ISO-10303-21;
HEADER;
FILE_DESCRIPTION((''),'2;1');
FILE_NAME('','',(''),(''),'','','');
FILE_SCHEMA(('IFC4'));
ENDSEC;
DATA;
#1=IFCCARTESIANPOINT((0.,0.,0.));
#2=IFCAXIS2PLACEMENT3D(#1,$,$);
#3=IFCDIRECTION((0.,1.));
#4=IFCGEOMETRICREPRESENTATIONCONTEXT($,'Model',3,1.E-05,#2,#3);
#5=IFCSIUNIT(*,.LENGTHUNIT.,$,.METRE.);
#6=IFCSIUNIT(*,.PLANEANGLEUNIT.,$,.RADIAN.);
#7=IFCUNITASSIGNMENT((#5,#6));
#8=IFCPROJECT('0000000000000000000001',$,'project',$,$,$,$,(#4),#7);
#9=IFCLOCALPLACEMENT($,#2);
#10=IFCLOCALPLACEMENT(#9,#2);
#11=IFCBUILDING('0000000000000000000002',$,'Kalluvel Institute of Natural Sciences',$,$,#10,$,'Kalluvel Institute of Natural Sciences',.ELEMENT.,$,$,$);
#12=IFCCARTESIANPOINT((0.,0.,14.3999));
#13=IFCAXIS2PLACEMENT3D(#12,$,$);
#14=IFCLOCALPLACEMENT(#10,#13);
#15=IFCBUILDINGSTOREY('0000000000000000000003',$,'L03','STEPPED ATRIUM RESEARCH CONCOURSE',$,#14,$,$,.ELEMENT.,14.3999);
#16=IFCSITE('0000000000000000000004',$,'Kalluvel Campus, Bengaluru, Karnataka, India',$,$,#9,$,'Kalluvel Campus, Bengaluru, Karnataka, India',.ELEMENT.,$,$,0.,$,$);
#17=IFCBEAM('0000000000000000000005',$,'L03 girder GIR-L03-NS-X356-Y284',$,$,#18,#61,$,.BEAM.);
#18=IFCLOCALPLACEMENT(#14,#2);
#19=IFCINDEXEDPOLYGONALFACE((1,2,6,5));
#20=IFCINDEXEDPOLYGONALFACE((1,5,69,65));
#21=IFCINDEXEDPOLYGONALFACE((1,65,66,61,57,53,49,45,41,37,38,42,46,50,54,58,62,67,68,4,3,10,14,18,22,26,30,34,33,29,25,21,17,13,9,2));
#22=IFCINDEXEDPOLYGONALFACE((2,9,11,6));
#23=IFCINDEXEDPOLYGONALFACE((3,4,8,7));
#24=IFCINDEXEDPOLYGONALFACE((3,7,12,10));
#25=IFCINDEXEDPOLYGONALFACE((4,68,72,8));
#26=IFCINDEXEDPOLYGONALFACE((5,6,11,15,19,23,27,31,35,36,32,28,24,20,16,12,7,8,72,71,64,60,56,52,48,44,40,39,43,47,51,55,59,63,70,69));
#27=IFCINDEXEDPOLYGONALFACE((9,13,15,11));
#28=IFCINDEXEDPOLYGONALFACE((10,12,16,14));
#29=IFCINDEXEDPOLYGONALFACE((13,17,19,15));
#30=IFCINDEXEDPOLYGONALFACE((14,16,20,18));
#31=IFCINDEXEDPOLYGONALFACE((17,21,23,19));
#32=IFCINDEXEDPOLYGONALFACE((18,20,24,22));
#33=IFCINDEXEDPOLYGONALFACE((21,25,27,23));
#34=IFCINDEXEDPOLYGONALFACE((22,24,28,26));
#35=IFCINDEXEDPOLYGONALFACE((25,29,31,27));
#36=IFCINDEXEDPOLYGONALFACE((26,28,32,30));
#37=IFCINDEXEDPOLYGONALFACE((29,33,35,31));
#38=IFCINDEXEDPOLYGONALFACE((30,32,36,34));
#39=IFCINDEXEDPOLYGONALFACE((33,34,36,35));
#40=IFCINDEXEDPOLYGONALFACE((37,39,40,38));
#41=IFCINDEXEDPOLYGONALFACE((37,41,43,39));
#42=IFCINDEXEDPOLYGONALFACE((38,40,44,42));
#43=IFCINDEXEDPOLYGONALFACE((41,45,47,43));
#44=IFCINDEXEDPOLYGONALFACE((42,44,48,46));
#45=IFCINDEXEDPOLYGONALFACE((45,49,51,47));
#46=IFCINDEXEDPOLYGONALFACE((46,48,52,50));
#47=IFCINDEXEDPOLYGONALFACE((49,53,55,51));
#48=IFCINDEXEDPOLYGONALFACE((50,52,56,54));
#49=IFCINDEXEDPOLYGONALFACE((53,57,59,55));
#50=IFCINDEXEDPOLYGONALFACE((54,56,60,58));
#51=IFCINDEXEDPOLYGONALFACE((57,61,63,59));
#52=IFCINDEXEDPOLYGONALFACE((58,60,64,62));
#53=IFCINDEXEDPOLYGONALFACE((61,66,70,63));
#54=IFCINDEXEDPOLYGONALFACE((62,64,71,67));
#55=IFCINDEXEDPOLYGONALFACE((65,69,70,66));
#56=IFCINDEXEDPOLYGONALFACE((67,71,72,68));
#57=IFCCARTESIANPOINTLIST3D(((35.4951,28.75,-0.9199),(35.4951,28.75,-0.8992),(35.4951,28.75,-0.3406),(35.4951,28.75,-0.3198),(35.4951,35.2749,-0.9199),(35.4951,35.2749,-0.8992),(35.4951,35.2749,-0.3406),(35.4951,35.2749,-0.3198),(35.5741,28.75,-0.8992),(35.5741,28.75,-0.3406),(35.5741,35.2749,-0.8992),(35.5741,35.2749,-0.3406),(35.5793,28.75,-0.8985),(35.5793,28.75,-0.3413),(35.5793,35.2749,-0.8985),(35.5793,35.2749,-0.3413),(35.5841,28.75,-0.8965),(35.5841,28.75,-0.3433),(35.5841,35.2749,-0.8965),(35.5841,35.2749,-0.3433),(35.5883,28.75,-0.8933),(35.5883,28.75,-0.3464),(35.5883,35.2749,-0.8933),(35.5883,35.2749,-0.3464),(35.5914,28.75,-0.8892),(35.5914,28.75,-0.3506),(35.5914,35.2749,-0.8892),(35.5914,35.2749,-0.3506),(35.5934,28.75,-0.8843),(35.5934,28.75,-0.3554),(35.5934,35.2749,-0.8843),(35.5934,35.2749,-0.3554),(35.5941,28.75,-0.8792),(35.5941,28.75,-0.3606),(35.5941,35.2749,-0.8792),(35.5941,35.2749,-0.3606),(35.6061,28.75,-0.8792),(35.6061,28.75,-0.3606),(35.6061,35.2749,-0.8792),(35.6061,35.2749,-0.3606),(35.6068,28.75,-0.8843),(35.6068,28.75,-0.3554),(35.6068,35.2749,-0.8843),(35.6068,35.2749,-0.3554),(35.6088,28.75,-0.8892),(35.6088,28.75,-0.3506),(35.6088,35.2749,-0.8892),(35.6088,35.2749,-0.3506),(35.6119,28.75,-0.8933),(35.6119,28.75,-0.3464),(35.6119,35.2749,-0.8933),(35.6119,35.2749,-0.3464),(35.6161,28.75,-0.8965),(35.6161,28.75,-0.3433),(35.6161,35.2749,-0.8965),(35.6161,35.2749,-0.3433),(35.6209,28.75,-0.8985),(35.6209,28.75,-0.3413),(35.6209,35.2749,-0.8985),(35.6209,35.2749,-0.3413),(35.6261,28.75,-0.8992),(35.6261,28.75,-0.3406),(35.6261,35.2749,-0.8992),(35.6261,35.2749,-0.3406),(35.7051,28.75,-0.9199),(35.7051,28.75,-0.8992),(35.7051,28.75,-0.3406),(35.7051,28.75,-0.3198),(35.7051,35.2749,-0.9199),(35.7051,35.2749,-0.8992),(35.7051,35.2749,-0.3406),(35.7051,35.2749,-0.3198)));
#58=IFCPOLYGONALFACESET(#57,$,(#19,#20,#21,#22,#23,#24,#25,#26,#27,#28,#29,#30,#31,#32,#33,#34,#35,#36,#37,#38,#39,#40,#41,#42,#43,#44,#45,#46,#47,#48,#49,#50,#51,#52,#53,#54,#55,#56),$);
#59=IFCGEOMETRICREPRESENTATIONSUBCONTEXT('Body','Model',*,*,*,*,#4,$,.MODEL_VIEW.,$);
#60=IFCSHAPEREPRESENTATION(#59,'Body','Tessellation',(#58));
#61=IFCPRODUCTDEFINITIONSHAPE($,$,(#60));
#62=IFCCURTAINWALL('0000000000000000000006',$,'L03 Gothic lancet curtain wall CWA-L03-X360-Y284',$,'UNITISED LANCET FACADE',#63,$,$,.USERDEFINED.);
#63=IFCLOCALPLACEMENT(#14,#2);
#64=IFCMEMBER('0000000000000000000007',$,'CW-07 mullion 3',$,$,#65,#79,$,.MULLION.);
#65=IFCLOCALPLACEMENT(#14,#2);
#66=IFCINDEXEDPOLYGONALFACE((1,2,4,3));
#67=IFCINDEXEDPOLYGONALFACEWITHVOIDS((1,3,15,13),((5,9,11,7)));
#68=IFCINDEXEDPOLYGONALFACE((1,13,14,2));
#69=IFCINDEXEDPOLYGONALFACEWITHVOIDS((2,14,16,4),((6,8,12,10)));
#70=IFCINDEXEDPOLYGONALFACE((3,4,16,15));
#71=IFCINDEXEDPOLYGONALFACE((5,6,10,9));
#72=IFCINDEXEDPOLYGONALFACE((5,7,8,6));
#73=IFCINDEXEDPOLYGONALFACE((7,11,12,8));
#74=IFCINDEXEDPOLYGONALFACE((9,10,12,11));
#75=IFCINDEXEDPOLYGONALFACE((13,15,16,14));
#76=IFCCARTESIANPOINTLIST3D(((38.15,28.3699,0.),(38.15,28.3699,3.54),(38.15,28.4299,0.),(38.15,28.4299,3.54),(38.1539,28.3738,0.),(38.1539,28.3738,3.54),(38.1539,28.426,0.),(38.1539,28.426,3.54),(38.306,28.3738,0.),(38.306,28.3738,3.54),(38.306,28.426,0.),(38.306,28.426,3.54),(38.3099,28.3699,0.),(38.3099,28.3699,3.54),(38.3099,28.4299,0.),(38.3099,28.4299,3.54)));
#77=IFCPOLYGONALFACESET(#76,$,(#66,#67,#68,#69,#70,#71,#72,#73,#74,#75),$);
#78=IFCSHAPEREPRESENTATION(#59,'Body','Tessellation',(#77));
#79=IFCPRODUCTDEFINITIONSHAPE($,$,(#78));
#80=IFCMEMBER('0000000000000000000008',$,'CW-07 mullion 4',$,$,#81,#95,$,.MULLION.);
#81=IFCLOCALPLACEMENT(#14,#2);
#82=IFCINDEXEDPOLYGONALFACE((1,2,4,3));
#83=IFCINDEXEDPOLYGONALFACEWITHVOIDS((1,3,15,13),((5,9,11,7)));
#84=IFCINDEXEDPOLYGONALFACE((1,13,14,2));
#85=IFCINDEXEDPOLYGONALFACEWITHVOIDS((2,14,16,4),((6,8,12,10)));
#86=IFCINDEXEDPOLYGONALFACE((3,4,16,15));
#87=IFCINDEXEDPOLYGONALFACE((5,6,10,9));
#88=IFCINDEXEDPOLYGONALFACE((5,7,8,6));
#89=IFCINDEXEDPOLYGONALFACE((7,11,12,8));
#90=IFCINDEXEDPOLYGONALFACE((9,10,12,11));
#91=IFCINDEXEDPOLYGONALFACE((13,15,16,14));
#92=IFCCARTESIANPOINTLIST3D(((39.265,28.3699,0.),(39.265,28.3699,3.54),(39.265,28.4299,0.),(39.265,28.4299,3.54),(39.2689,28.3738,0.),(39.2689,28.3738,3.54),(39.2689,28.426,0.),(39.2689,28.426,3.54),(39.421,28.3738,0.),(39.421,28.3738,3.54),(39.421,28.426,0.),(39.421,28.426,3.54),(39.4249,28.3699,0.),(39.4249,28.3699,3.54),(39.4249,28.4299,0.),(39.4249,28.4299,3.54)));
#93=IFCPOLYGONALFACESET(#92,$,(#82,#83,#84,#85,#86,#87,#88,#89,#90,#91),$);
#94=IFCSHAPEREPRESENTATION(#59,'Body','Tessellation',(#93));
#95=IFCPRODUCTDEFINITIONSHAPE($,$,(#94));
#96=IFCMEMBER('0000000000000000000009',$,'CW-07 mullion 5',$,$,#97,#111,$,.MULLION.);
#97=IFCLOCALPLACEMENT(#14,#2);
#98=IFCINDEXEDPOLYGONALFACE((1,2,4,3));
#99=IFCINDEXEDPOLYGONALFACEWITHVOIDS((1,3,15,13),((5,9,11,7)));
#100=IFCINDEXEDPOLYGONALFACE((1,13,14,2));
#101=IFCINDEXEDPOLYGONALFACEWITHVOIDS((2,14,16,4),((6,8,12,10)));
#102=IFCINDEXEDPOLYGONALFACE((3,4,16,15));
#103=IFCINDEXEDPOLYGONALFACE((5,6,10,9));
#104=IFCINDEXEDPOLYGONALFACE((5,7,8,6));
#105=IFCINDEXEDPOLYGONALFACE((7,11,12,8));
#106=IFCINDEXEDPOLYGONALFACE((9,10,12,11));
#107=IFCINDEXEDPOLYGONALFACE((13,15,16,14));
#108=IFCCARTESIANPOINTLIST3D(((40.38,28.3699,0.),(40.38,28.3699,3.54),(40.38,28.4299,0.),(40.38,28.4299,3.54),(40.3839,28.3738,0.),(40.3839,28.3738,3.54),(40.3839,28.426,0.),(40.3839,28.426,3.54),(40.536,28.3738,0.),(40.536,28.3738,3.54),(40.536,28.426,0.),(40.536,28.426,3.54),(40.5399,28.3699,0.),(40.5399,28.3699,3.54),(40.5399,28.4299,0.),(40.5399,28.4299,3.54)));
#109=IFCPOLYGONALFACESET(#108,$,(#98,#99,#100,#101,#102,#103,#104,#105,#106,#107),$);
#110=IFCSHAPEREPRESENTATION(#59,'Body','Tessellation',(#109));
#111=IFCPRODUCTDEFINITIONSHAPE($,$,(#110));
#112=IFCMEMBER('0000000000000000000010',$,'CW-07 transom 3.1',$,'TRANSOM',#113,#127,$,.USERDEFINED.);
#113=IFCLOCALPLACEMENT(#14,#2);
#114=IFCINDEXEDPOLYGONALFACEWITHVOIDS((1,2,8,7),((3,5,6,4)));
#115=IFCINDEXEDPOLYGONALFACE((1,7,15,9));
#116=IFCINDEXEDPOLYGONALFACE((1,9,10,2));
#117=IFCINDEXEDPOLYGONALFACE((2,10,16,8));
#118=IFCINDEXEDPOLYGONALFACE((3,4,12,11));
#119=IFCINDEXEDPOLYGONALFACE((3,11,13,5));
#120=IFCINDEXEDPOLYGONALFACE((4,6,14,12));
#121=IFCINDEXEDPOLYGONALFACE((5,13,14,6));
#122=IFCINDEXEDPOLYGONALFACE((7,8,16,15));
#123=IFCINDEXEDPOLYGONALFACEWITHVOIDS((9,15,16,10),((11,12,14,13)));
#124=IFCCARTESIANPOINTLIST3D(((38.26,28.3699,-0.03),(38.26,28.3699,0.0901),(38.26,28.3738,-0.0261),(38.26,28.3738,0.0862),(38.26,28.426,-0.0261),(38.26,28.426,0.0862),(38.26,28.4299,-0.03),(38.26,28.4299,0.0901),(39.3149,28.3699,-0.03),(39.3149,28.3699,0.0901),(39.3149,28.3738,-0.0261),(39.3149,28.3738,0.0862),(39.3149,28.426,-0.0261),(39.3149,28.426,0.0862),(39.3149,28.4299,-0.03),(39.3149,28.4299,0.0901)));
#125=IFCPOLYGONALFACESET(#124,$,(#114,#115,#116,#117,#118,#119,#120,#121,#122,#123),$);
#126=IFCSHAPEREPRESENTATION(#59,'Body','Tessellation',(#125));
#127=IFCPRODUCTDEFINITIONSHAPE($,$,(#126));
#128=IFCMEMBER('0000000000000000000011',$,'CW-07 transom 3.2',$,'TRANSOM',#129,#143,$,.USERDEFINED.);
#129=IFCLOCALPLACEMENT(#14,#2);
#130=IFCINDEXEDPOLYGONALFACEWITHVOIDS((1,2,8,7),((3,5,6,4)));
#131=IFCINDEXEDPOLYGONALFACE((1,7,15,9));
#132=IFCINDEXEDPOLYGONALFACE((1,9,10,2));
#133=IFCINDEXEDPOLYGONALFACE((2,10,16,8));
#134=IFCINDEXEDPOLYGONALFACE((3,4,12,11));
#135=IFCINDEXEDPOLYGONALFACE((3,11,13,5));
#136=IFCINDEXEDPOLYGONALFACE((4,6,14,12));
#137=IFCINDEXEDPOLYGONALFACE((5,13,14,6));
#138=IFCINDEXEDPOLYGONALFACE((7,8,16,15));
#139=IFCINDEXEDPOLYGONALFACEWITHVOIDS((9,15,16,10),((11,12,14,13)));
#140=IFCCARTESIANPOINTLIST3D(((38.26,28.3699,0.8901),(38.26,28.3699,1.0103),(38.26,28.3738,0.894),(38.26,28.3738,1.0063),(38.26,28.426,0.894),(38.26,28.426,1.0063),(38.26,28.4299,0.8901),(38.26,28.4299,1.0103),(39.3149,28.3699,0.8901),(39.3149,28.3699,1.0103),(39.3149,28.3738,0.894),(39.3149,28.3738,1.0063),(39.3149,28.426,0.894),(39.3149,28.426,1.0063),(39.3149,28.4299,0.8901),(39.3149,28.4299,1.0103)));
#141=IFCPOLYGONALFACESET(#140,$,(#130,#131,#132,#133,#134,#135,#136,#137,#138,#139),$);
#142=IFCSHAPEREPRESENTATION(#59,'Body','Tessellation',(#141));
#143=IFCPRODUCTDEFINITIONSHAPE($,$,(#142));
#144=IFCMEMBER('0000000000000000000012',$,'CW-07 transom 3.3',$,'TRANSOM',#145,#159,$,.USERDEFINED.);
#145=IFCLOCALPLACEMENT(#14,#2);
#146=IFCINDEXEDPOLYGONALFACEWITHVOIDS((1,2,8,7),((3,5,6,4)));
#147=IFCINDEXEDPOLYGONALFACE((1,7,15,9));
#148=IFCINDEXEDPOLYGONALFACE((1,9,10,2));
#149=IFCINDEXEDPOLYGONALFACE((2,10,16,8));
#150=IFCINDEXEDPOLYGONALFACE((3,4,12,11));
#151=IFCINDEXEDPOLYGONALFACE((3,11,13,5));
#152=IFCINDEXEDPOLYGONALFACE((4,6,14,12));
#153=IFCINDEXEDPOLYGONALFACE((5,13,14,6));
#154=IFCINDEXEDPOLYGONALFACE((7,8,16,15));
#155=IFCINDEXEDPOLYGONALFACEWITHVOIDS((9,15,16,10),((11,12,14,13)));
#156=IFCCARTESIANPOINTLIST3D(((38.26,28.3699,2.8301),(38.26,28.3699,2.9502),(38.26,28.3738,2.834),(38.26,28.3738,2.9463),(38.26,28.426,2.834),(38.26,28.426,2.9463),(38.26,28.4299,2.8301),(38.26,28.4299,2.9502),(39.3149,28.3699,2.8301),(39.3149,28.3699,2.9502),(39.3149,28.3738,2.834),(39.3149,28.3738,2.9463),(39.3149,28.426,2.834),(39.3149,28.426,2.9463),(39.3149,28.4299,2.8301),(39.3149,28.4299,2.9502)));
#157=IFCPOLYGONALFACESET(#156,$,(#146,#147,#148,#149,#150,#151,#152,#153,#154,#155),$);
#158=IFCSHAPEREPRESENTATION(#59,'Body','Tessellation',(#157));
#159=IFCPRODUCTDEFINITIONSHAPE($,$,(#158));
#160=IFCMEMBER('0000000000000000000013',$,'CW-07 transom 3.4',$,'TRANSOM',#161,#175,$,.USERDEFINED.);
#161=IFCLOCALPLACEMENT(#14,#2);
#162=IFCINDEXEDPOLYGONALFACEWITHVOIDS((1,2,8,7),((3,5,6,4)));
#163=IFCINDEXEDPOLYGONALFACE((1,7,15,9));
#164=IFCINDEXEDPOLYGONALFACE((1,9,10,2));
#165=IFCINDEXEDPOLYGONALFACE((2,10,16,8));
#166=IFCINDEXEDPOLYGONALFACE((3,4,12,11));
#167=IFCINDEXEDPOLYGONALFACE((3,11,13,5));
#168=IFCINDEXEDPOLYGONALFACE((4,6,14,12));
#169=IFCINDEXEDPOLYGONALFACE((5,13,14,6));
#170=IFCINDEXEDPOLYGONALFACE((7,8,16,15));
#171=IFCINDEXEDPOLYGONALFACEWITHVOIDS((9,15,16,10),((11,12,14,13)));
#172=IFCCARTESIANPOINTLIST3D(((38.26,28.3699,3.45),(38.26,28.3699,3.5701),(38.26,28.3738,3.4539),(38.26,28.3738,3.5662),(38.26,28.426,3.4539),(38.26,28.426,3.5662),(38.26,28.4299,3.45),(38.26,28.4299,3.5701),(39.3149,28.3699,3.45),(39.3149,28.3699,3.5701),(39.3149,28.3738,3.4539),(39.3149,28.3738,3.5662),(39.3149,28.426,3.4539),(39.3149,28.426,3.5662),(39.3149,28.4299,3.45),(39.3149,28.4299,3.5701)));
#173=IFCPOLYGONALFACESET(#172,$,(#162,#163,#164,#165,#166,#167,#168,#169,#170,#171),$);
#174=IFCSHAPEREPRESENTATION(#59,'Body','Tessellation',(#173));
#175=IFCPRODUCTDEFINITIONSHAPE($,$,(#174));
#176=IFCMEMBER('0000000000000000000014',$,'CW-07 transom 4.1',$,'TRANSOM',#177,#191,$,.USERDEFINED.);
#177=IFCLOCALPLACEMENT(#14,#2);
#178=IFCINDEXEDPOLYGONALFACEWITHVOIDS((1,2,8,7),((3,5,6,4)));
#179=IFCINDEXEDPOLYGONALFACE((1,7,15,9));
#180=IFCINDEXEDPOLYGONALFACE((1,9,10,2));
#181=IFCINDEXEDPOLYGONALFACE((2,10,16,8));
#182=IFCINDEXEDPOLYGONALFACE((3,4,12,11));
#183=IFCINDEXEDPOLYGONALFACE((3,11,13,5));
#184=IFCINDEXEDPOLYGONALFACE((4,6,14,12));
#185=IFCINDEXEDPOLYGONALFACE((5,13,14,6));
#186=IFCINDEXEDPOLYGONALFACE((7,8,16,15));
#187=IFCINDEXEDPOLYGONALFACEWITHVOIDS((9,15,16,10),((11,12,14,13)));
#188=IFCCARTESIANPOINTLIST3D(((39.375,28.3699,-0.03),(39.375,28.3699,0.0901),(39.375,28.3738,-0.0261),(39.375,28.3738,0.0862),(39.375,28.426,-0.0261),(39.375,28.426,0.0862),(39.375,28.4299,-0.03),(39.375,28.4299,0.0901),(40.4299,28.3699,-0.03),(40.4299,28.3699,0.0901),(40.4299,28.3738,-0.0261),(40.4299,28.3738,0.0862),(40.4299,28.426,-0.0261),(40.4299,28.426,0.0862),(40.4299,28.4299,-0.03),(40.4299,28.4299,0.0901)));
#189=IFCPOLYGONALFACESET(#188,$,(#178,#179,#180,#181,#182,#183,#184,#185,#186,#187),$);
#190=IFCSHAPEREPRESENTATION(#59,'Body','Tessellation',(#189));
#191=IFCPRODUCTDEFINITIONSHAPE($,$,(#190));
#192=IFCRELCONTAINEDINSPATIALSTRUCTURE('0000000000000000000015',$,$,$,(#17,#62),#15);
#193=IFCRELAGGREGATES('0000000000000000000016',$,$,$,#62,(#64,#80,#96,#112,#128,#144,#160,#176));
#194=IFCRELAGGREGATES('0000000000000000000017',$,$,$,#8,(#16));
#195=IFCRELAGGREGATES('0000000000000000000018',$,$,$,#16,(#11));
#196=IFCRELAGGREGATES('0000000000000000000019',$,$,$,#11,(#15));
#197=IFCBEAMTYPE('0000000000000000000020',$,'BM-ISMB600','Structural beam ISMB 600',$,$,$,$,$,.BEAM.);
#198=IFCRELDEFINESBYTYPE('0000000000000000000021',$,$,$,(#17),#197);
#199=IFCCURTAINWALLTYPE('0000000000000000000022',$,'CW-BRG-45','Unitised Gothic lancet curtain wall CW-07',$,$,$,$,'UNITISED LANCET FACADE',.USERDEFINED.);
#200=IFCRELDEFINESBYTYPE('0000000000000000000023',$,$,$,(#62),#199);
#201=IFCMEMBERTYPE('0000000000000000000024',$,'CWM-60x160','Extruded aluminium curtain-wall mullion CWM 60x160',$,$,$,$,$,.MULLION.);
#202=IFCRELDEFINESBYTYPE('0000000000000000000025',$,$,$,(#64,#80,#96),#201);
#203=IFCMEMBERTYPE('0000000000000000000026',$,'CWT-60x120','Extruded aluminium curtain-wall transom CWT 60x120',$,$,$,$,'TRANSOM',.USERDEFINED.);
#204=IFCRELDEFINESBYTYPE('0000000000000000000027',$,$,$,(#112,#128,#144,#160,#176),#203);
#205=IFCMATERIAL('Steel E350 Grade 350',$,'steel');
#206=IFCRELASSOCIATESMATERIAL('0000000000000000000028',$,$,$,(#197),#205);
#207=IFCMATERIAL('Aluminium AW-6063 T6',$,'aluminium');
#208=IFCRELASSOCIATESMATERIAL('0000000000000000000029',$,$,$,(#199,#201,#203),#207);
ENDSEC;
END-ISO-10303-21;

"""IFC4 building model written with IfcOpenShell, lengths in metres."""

from ifc_helpers import new_model, si_unit, direction, frame, origin, origin_2d, place, context, subcontext, project, spatial, hollow_rectangle, i_section, extrude, material, material_profile, profile_set, type_object, element, aggregate, save


model = new_model("IFC4")

# Units and contexts
model_context = context("Model", 3, precision=1e-05, world=origin(), true_north=direction((0.0, 1.0)))
body_context = subcontext(model_context, "Body", "Model", "MODEL_VIEW")
ifc_project = project(units=[si_unit("LENGTHUNIT", "METRE"), si_unit("PLANEANGLEUNIT", "RADIAN")], contexts=[model_context])

# Site, building, storey
site_placement = place(None, origin())
site = spatial("IfcSite", under=ifc_project, at=site_placement, Name="Kalluvel Campus, Bengaluru, Karnataka, India", LongName="Kalluvel Campus, Bengaluru, Karnataka, India", CompositionType="ELEMENT", RefElevation=0.0)
building_placement = place(site_placement, origin())
building = spatial("IfcBuilding", under=site, at=building_placement, Name="Kalluvel Institute of Natural Sciences", LongName="Kalluvel Institute of Natural Sciences", CompositionType="ELEMENT")
storey_placement = place(building_placement, frame((0.0, 0.0, 14.3999)))
storey = spatial("IfcBuildingStorey", under=building, at=storey_placement, Name="L03", Description="STEPPED ATRIUM RESEARCH CONCOURSE", CompositionType="ELEMENT", Elevation=14.3999)

# Beam
ifc_material_1 = material(Name="Steel E350 Grade 350", Category="steel")
ifc_material_profile_1 = material_profile(ifc_material_1, i_section(OverallWidth=0.21, OverallDepth=0.6001, WebThickness=0.012, FlangeThickness=0.0208, FilletRadius=0.02, at=origin_2d()), Name="ISMB 600")
ifc_profile_set_1 = profile_set([ifc_material_profile_1], Name="Steel E350 Grade 350")
beam_type = type_object("IfcBeamType", Name="BM-ISMB600", Description="Structural beam ISMB 600", PredefinedType="BEAM", material=ifc_profile_set_1)
beam_placement = place(storey_placement, frame((35.6001, 28.75, -0.6199), z_axis=(0.0, 1.0, 0.0), x_axis=(-1.0, 0.0, 0.0)))
element("IfcBeam", 1, at=beam_placement, inside=storey, type_object=beam_type, Name="L03 girder GIR-L03-NS-X356-Y284", PredefinedType="BEAM", context=body_context, shape_type="SweptSolid", body=[
    extrude(i_section(OverallWidth=0.21, OverallDepth=0.6001, WebThickness=0.012, FlangeThickness=0.0208, FilletRadius=0.02, at=origin_2d()), origin(), (0.0, 0.0, 1.0), 6.5249),
])

# Curtain wall, members
ifc_material_2 = material(Name="Aluminium AW-6063 T6", Category="aluminium")
curtain_wall_type = type_object("IfcCurtainWallType", Name="CW-BRG-45", Description="Unitised Gothic lancet curtain wall CW-07", ElementType="UNITISED LANCET FACADE", PredefinedType="USERDEFINED", material=ifc_material_2)
curtain_wall_placement = place(storey_placement, origin())
curtain_wall = element("IfcCurtainWall", 2, at=curtain_wall_placement, inside=storey, type_object=curtain_wall_type, Name="L03 Gothic lancet curtain wall CWA-L03-X360-Y284", ObjectType="UNITISED LANCET FACADE", PredefinedType="USERDEFINED")
ifc_material_profile_2 = material_profile(ifc_material_2, hollow_rectangle(XDim=0.0601, YDim=0.1599, WallThickness=0.0039, at=origin_2d()), Name="CWM 60x160")
ifc_profile_set_2 = profile_set([ifc_material_profile_2], Name="Aluminium AW-6063 T6")
member_type_1 = type_object("IfcMemberType", Name="CWM-60x160", Description="Extruded aluminium curtain-wall mullion CWM 60x160", PredefinedType="MULLION", material=ifc_profile_set_2)
member_1_placement = place(storey_placement, frame((38.23, 28.3999, 0.0), z_axis=(0.0, 0.0, 1.0), x_axis=(0.0, 1.0, 0.0)))
member_1 = element("IfcMember", 3, at=member_1_placement, type_object=member_type_1, Name="CW-07 mullion 3", PredefinedType="MULLION", context=body_context, shape_type="SweptSolid", body=[
    extrude(hollow_rectangle(XDim=0.0601, YDim=0.1599, WallThickness=0.0039, at=origin_2d()), origin(), (0.0, 0.0, 1.0), 3.54),
])
member_2_placement = place(storey_placement, frame((39.345, 28.3999, 0.0), z_axis=(0.0, 0.0, 1.0), x_axis=(0.0, 1.0, 0.0)))
member_2 = element("IfcMember", 4, at=member_2_placement, type_object=member_type_1, Name="CW-07 mullion 4", PredefinedType="MULLION", context=body_context, shape_type="SweptSolid", body=[
    extrude(hollow_rectangle(XDim=0.0601, YDim=0.1599, WallThickness=0.0039, at=origin_2d()), origin(), (0.0, 0.0, 1.0), 3.54),
])
member_3_placement = place(storey_placement, frame((40.46, 28.3999, 0.0), z_axis=(0.0, 0.0, 1.0), x_axis=(0.0, 1.0, 0.0)))
member_3 = element("IfcMember", 5, at=member_3_placement, type_object=member_type_1, Name="CW-07 mullion 5", PredefinedType="MULLION", context=body_context, shape_type="SweptSolid", body=[
    extrude(hollow_rectangle(XDim=0.0601, YDim=0.1599, WallThickness=0.0039, at=origin_2d()), origin(), (0.0, 0.0, 1.0), 3.54),
])
ifc_material_profile_3 = material_profile(ifc_material_2, hollow_rectangle(XDim=0.0601, YDim=0.1201, WallThickness=0.0039, at=origin_2d()), Name="CWT 60x120")
ifc_profile_set_3 = profile_set([ifc_material_profile_3], Name="Aluminium AW-6063 T6")
member_type_2 = type_object("IfcMemberType", Name="CWT-60x120", Description="Extruded aluminium curtain-wall transom CWT 60x120", ElementType="TRANSOM", PredefinedType="USERDEFINED", material=ifc_profile_set_3)
member_4_placement = place(storey_placement, frame((38.26, 28.3999, 0.03), z_axis=(1.0, 0.0, 0.0), x_axis=(0.0, 1.0, 0.0)))
member_4 = element("IfcMember", 6, at=member_4_placement, type_object=member_type_2, Name="CW-07 transom 3.1", ObjectType="TRANSOM", PredefinedType="USERDEFINED", context=body_context, shape_type="SweptSolid", body=[
    extrude(hollow_rectangle(XDim=0.0601, YDim=0.1201, WallThickness=0.0039, at=origin_2d()), origin(), (0.0, 0.0, 1.0), 1.0549),
])
member_5_placement = place(storey_placement, frame((38.26, 28.3999, 0.9502), z_axis=(1.0, 0.0, 0.0), x_axis=(0.0, 1.0, 0.0)))
member_5 = element("IfcMember", 7, at=member_5_placement, type_object=member_type_2, Name="CW-07 transom 3.2", ObjectType="TRANSOM", PredefinedType="USERDEFINED", context=body_context, shape_type="SweptSolid", body=[
    extrude(hollow_rectangle(XDim=0.0601, YDim=0.1201, WallThickness=0.0039, at=origin_2d()), origin(), (0.0, 0.0, 1.0), 1.0549),
])
member_6_placement = place(storey_placement, frame((38.26, 28.3999, 2.8901), z_axis=(1.0, 0.0, 0.0), x_axis=(0.0, 1.0, 0.0)))
member_6 = element("IfcMember", 8, at=member_6_placement, type_object=member_type_2, Name="CW-07 transom 3.3", ObjectType="TRANSOM", PredefinedType="USERDEFINED", context=body_context, shape_type="SweptSolid", body=[
    extrude(hollow_rectangle(XDim=0.0601, YDim=0.1201, WallThickness=0.0039, at=origin_2d()), origin(), (0.0, 0.0, 1.0), 1.0549),
])
member_7_placement = place(storey_placement, frame((38.26, 28.3999, 3.51), z_axis=(1.0, 0.0, 0.0), x_axis=(0.0, 1.0, 0.0)))
member_7 = element("IfcMember", 9, at=member_7_placement, type_object=member_type_2, Name="CW-07 transom 3.4", ObjectType="TRANSOM", PredefinedType="USERDEFINED", context=body_context, shape_type="SweptSolid", body=[
    extrude(hollow_rectangle(XDim=0.0601, YDim=0.1201, WallThickness=0.0039, at=origin_2d()), origin(), (0.0, 0.0, 1.0), 1.0549),
])
member_8_placement = place(storey_placement, frame((39.375, 28.3999, 0.03), z_axis=(1.0, 0.0, 0.0), x_axis=(0.0, 1.0, 0.0)))
member_8 = element("IfcMember", 10, at=member_8_placement, type_object=member_type_2, Name="CW-07 transom 4.1", ObjectType="TRANSOM", PredefinedType="USERDEFINED", context=body_context, shape_type="SweptSolid", body=[
    extrude(hollow_rectangle(XDim=0.0601, YDim=0.1201, WallThickness=0.0039, at=origin_2d()), origin(), (0.0, 0.0, 1.0), 1.0549),
])
aggregate(curtain_wall, [member_1, member_2, member_3, member_4, member_5, member_6, member_7, member_8])

save(model, "model.ifc")
